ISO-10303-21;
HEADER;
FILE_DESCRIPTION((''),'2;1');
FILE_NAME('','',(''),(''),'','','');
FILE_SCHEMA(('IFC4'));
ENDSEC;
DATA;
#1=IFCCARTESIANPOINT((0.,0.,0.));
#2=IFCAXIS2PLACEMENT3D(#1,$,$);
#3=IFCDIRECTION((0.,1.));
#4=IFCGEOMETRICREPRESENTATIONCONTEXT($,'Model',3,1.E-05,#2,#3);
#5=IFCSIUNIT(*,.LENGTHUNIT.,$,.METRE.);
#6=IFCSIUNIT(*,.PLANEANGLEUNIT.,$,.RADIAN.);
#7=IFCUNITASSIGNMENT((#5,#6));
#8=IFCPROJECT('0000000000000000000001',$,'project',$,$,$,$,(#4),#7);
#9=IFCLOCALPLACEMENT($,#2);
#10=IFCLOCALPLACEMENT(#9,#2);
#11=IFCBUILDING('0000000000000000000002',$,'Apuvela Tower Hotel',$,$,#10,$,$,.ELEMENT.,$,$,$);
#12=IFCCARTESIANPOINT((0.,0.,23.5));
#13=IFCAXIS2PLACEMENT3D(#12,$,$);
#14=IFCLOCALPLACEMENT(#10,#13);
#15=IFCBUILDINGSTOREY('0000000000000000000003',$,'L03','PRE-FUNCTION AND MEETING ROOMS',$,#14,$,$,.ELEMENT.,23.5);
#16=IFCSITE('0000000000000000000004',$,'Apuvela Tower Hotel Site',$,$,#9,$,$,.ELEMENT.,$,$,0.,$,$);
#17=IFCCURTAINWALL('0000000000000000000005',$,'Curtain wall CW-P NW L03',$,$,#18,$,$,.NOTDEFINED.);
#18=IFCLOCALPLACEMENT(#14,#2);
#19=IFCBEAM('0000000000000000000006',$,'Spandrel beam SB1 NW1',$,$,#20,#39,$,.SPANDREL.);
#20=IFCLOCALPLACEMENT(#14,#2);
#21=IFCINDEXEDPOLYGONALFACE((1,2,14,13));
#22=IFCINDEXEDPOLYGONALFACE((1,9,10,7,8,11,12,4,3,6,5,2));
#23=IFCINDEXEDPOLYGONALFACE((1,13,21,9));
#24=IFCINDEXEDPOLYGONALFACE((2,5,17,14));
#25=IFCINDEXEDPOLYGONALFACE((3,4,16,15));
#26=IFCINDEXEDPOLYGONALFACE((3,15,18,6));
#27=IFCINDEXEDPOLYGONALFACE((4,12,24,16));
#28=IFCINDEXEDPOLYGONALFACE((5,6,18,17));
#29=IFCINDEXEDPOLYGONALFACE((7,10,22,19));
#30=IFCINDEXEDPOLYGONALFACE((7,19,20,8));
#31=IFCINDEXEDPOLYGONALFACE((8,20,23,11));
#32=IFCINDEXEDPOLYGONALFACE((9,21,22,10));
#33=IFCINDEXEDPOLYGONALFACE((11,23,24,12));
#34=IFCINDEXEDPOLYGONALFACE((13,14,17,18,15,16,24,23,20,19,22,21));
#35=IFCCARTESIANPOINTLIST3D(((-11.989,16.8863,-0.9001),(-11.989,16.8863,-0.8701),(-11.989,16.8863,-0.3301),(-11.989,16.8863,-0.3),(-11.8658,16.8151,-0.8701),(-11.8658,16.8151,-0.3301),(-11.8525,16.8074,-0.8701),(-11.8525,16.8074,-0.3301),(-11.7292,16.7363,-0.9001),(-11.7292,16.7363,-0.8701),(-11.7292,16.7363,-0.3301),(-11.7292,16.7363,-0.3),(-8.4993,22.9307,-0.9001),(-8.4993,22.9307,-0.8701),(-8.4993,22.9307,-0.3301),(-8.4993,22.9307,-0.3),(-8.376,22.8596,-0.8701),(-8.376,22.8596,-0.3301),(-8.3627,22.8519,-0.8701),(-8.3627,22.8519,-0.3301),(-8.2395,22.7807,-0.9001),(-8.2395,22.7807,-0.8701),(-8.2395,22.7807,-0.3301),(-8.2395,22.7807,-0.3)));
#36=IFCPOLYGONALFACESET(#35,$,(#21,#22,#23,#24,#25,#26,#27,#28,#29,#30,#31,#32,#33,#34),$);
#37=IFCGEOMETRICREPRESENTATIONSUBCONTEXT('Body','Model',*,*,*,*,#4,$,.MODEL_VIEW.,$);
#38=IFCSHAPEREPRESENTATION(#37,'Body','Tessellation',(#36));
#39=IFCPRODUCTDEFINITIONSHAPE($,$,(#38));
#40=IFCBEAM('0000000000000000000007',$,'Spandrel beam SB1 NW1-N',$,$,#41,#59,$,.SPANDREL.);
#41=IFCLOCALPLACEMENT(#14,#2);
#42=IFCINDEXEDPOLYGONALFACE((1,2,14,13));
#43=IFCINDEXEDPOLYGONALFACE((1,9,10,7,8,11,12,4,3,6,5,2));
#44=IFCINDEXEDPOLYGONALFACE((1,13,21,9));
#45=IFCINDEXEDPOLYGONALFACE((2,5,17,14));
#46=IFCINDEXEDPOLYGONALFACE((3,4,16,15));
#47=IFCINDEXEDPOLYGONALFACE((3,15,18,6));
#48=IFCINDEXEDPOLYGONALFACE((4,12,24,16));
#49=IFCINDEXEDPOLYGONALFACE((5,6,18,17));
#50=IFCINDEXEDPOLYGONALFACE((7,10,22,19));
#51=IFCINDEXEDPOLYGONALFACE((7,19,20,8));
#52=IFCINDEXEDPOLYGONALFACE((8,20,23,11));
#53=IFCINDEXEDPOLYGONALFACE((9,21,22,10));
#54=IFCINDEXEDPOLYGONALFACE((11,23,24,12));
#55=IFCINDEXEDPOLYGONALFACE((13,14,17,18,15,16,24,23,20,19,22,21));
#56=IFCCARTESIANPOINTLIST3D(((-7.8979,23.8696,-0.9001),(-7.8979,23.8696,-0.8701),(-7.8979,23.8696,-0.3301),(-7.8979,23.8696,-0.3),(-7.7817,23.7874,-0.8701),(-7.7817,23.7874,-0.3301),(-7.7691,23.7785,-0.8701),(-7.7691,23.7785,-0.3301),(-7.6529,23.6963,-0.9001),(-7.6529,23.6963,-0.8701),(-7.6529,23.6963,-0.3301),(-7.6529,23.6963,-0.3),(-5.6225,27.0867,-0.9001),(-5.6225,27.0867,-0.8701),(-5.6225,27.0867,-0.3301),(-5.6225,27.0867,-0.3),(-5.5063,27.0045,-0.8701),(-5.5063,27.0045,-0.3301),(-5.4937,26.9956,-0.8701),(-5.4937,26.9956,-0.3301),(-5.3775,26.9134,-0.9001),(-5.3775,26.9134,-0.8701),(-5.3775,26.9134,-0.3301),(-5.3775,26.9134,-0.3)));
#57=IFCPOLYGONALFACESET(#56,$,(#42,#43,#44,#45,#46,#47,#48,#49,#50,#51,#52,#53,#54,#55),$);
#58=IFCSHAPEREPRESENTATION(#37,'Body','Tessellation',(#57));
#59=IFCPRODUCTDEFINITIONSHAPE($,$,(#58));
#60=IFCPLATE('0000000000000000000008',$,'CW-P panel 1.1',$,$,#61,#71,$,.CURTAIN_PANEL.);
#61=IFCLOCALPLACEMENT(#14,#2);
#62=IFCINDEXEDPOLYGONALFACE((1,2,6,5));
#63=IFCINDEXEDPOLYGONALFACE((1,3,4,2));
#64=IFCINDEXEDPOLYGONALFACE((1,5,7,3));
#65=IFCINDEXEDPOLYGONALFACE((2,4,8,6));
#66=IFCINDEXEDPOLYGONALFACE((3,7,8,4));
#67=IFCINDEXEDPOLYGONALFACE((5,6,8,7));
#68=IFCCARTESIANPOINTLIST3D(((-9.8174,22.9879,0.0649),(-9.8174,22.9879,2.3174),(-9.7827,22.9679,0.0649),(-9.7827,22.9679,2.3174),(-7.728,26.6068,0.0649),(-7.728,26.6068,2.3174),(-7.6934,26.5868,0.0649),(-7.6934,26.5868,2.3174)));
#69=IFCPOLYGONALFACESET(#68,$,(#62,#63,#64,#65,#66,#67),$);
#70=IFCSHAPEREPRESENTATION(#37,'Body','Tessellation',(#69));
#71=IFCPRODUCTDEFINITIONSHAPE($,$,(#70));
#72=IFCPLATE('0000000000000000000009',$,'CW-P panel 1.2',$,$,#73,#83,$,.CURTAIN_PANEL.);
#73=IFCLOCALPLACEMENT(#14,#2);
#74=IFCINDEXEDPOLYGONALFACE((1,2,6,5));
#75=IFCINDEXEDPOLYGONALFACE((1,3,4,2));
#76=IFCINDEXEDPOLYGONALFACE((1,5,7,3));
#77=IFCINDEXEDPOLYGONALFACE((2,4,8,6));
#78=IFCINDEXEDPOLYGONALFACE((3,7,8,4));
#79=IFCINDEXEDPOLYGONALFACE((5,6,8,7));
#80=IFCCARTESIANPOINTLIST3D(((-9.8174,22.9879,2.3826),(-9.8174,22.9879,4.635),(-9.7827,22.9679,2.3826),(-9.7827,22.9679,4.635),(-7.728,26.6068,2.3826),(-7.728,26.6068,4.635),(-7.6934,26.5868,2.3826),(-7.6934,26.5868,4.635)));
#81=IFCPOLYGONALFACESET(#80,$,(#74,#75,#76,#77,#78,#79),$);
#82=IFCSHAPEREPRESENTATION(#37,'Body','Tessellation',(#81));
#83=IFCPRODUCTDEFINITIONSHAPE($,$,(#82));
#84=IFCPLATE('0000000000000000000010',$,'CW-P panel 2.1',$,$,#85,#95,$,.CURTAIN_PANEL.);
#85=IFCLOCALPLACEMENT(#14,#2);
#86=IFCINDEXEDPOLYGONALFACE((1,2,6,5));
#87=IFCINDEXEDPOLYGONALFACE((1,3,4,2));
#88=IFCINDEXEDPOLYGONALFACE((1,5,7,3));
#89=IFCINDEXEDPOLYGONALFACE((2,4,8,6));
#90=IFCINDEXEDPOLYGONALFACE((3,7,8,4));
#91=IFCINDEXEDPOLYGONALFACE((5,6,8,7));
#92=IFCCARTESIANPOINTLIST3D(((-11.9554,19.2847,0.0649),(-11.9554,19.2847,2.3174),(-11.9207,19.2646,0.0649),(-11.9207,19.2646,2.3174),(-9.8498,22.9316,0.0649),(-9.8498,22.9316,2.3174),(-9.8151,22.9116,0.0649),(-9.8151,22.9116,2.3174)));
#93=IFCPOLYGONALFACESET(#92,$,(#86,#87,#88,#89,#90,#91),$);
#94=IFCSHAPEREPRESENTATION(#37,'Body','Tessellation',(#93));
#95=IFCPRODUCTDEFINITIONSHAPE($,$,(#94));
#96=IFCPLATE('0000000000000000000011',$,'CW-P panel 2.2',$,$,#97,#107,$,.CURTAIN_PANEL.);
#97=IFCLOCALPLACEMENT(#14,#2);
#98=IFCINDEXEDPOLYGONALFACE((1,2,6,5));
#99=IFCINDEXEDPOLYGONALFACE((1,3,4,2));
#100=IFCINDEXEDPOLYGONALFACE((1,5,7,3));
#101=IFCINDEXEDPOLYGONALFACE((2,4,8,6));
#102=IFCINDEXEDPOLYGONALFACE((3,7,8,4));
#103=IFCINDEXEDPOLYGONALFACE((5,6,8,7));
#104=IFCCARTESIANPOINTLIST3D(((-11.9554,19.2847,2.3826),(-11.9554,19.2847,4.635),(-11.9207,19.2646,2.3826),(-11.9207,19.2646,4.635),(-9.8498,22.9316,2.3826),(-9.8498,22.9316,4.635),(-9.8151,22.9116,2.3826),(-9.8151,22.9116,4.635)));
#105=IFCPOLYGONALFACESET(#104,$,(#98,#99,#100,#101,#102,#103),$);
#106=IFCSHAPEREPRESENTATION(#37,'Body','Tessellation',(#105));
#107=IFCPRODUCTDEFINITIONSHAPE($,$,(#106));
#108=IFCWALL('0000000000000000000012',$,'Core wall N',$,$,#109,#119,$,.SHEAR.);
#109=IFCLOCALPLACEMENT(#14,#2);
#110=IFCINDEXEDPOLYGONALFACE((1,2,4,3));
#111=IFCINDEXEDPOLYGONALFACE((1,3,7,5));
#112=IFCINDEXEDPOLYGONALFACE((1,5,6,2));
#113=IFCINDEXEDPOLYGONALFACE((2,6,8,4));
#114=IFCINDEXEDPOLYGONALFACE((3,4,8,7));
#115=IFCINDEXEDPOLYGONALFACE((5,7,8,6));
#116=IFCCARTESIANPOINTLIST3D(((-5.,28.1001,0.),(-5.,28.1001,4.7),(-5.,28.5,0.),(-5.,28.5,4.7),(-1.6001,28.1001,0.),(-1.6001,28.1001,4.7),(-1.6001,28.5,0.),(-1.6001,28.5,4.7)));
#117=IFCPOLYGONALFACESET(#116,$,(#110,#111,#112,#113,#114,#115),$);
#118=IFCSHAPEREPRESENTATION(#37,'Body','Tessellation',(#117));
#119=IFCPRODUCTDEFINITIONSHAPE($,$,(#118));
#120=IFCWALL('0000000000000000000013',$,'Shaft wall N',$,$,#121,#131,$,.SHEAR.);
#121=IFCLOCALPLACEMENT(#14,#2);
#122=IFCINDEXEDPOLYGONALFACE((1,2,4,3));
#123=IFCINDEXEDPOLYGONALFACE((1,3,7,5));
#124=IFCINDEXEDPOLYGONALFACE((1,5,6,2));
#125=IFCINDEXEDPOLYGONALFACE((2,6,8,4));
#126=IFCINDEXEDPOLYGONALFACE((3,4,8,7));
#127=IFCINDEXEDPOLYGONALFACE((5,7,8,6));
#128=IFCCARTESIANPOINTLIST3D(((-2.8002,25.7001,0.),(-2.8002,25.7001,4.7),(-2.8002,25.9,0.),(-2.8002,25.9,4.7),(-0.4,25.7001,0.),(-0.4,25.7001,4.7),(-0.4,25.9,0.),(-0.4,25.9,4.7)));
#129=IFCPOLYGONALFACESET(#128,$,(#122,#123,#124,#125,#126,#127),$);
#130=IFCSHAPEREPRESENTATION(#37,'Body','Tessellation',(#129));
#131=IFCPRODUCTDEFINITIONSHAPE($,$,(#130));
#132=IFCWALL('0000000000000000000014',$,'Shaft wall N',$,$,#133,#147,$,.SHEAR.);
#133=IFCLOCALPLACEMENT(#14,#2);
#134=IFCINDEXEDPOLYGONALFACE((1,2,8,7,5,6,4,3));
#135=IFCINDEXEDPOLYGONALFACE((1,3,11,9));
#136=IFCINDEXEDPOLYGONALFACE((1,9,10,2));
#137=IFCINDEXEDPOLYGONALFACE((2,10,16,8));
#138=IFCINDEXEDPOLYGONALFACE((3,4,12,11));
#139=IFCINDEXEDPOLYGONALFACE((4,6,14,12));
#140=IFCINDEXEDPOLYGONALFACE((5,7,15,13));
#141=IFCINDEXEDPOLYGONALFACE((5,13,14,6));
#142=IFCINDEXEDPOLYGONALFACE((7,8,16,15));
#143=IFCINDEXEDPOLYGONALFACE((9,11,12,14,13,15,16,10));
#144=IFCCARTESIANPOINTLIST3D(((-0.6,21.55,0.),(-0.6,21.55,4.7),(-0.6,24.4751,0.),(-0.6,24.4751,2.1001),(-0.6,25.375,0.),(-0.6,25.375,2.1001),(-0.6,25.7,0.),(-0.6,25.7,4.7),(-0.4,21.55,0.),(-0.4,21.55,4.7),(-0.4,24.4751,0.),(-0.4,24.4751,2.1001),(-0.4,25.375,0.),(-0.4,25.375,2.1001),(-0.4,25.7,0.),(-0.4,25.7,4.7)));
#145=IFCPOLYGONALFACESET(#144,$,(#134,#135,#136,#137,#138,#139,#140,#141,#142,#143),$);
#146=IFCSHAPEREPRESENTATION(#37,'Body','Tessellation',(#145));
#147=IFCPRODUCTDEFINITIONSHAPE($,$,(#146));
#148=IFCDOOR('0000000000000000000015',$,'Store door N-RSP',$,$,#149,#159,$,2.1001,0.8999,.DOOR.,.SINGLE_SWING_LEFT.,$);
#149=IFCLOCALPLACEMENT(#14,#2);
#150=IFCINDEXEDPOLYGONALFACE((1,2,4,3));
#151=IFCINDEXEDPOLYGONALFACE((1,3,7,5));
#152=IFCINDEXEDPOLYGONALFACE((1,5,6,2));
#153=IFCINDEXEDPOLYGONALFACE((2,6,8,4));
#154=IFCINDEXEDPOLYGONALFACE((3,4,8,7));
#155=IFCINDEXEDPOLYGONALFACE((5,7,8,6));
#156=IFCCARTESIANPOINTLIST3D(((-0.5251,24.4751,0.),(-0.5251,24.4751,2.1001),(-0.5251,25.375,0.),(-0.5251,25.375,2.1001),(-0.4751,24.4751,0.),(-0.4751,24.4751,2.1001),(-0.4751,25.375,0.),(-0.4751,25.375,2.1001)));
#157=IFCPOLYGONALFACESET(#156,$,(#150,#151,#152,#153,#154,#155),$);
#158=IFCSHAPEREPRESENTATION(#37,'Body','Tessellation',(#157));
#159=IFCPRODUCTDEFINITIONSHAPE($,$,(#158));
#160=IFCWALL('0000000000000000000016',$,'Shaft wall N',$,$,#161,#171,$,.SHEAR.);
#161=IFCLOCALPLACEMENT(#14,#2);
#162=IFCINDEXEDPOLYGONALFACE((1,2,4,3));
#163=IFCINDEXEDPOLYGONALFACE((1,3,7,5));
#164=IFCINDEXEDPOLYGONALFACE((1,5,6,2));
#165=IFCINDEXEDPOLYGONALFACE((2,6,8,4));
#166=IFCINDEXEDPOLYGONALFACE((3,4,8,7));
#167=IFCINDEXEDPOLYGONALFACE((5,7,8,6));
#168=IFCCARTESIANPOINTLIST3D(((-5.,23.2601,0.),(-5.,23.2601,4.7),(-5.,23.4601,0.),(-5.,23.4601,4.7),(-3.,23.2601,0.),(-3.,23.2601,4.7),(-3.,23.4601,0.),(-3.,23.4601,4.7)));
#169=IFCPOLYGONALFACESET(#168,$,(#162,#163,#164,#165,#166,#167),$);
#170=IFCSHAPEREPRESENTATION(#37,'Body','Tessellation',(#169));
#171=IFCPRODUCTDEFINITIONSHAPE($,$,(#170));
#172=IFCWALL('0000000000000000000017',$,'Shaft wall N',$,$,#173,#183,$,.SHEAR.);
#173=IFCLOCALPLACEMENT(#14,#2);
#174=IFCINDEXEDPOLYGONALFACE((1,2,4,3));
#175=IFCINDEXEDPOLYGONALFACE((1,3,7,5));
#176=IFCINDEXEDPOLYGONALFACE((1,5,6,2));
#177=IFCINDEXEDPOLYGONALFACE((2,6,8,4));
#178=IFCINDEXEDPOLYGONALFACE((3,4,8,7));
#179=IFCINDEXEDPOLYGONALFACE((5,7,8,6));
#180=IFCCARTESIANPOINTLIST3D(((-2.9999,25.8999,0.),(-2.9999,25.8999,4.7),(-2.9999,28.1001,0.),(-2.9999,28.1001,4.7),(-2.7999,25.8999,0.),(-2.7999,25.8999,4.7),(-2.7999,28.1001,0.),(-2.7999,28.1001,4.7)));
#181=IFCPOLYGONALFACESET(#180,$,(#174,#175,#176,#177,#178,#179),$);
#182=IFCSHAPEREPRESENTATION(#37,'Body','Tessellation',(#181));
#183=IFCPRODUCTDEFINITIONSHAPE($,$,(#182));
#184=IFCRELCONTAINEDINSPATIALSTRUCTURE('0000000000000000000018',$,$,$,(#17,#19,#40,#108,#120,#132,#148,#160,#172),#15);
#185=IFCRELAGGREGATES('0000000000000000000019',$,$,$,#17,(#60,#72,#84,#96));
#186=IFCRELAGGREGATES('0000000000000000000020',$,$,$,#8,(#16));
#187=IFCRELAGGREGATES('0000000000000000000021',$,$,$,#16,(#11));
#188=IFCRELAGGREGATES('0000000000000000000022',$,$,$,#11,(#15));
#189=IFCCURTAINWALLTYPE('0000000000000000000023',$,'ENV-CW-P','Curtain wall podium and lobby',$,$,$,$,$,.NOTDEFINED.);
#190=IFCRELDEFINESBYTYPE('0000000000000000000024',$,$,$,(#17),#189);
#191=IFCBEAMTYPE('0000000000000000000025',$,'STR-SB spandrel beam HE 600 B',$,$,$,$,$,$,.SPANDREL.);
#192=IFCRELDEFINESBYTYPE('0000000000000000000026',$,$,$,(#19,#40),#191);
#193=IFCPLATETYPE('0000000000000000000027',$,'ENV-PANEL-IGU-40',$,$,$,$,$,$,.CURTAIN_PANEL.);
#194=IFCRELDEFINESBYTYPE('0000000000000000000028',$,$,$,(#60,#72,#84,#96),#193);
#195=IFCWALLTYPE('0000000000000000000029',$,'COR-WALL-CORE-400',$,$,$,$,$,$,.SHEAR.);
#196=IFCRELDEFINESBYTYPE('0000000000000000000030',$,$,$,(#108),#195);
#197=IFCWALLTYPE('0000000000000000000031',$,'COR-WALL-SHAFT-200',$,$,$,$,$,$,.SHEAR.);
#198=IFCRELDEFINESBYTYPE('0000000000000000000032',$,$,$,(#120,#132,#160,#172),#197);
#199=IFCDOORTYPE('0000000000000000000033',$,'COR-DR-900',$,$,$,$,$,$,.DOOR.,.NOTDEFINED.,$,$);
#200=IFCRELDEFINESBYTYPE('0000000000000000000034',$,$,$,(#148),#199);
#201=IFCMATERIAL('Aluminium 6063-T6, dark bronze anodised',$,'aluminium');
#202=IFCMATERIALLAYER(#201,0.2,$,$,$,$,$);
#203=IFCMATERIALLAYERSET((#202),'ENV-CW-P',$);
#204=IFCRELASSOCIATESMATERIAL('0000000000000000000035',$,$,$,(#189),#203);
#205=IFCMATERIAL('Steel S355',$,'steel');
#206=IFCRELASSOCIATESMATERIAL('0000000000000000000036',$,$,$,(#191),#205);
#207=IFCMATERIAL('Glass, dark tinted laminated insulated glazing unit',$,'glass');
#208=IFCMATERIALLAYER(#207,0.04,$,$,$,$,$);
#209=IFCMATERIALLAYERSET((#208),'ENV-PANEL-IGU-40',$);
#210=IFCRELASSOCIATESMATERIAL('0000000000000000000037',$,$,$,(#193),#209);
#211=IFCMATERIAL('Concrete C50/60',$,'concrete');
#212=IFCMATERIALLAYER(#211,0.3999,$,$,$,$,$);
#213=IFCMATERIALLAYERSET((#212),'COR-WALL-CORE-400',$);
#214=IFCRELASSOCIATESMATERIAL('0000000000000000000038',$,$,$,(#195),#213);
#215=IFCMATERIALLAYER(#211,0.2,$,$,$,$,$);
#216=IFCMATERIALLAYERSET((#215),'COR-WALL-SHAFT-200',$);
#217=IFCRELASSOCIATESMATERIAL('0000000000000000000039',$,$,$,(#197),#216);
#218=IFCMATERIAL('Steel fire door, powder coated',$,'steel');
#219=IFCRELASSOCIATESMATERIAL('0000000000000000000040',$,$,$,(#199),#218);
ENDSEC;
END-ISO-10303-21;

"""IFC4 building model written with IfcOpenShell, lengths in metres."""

from ifc_helpers import new_model, si_unit, direction, frame, frame_2d, origin, origin_2d, place, context, subcontext, project, spatial, rectangle, i_section, extrude, material, layer, layer_set, material_profile, profile_set, type_object, element, fill, aggregate, save


model = new_model("IFC4")

# Units and contexts
model_context = context("Model", 3, precision=1e-05, world=origin(), true_north=direction((0.0, 1.0)))
body_context = subcontext(model_context, "Body", "Model", "MODEL_VIEW")
ifc_project = project(units=[si_unit("LENGTHUNIT", "METRE"), si_unit("PLANEANGLEUNIT", "RADIAN")], contexts=[model_context])

# Site, building, storey
site_placement = place(None, origin())
site = spatial("IfcSite", under=ifc_project, at=site_placement, Name="Apuvela Tower Hotel Site", CompositionType="ELEMENT", RefElevation=0.0)
building_placement = place(site_placement, origin())
building = spatial("IfcBuilding", under=site, at=building_placement, Name="Apuvela Tower Hotel", CompositionType="ELEMENT")
storey_placement = place(building_placement, frame((0.0, 0.0, 23.5)))
storey = spatial("IfcBuildingStorey", under=building, at=storey_placement, Name="L03", Description="PRE-FUNCTION AND MEETING ROOMS", CompositionType="ELEMENT", Elevation=23.5)

# Curtain wall
ifc_material_1 = material(Name="Aluminium 6063-T6, dark bronze anodised", Category="aluminium")
ifc_layer_1 = layer(ifc_material_1, 0.2)
ifc_layer_set_1 = layer_set([ifc_layer_1], Name="ENV-CW-P")
curtain_wall_type = type_object("IfcCurtainWallType", Name="ENV-CW-P", Description="Curtain wall podium and lobby", PredefinedType="NOTDEFINED", material=ifc_layer_set_1)
curtain_wall_placement = place(storey_placement, origin())
curtain_wall = element("IfcCurtainWall", 1, at=curtain_wall_placement, inside=storey, type_object=curtain_wall_type, Name="Curtain wall CW-P NW L03", PredefinedType="NOTDEFINED")

# Beams
ifc_material_2 = material(Name="Steel S355", Category="steel")
ifc_material_profile_1 = material_profile(ifc_material_2, i_section(OverallWidth=0.3, OverallDepth=0.6001, WebThickness=0.0154, FlangeThickness=0.03, at=origin_2d()), Name="HE 600 B")
ifc_profile_set_1 = profile_set([ifc_material_profile_1], Name="Steel S355")
beam_type_1 = type_object("IfcBeamType", Name="STR-SB spandrel beam HE 600 B", PredefinedType="SPANDREL", material=ifc_profile_set_1)
beam_1_placement = place(storey_placement, frame((-8.3694, 22.8557, -0.6001), z_axis=(-0.499999, -0.866026, 0.0), x_axis=(0.866026, -0.499999, 0.0)))
element("IfcBeam", 2, at=beam_1_placement, inside=storey, type_object=beam_type_1, Name="Spandrel beam SB1 NW1", PredefinedType="SPANDREL", context=body_context, shape_type="SweptSolid", body=[
    extrude(i_section(OverallWidth=0.3, OverallDepth=0.6001, WebThickness=0.0154, FlangeThickness=0.03, at=origin_2d()), origin(), (0.0, 0.0, 1.0), 6.9795),
])
beam_2_placement = place(storey_placement, frame((-7.7754, 23.783, -0.6001), z_axis=(0.577452, 0.816425, 0.0), x_axis=(-0.816425, 0.577452, 0.0)))
element("IfcBeam", 3, at=beam_2_placement, inside=storey, type_object=beam_type_1, Name="Spandrel beam SB1 NW1-N", PredefinedType="SPANDREL", context=body_context, shape_type="SweptSolid", body=[
    extrude(i_section(OverallWidth=0.3, OverallDepth=0.6001, WebThickness=0.0154, FlangeThickness=0.03, at=origin_2d()), origin(), (0.0, 0.0, 1.0), 3.9404),
])

# Plates
ifc_material_3 = material(Name="Glass, dark tinted laminated insulated glazing unit", Category="glass")
ifc_layer_2 = layer(ifc_material_3, 0.04)
ifc_layer_set_2 = layer_set([ifc_layer_2], Name="ENV-PANEL-IGU-40")
plate_type = type_object("IfcPlateType", Name="ENV-PANEL-IGU-40", PredefinedType="CURTAIN_PANEL", material=ifc_layer_set_2)
plate_1_placement = place(storey_placement, frame((-8.7554, 24.7874, 0.0649), z_axis=(0.0, 0.0, 1.0), x_axis=(-0.5, -0.866026, 0.0)))
plate_1 = element("IfcPlate", 4, at=plate_1_placement, type_object=plate_type, Name="CW-P panel 1.1", PredefinedType="CURTAIN_PANEL", context=body_context, shape_type="SweptSolid", body=[
    extrude(rectangle(XDim=4.1787, YDim=0.04, at=origin_2d()), origin(), (0.0, 0.0, 1.0), 2.2524),
])
plate_2_placement = place(storey_placement, frame((-8.7554, 24.7874, 2.3826), z_axis=(0.0, 0.0, 1.0), x_axis=(-0.5, -0.866026, 0.0)))
plate_2 = element("IfcPlate", 5, at=plate_2_placement, type_object=plate_type, Name="CW-P panel 1.2", PredefinedType="CURTAIN_PANEL", context=body_context, shape_type="SweptSolid", body=[
    extrude(rectangle(XDim=4.1787, YDim=0.04, at=origin_2d()), origin(), (0.0, 0.0, 1.0), 2.2524),
])
plate_3_placement = place(storey_placement, frame((-10.8853, 21.0981, 0.0649), z_axis=(0.0, 0.0, 1.0), x_axis=(-0.5, -0.866026, 0.0)))
plate_3 = element("IfcPlate", 6, at=plate_3_placement, type_object=plate_type, Name="CW-P panel 2.1", PredefinedType="CURTAIN_PANEL", context=body_context, shape_type="SweptSolid", body=[
    extrude(rectangle(XDim=4.2112, YDim=0.04, at=origin_2d()), origin(), (0.0, 0.0, 1.0), 2.2524),
])
plate_4_placement = place(storey_placement, frame((-10.8853, 21.0981, 2.3826), z_axis=(0.0, 0.0, 1.0), x_axis=(-0.5, -0.866026, 0.0)))
plate_4 = element("IfcPlate", 7, at=plate_4_placement, type_object=plate_type, Name="CW-P panel 2.2", PredefinedType="CURTAIN_PANEL", context=body_context, shape_type="SweptSolid", body=[
    extrude(rectangle(XDim=4.2112, YDim=0.04, at=origin_2d()), origin(), (0.0, 0.0, 1.0), 2.2524),
])
aggregate(curtain_wall, [plate_1, plate_2, plate_3, plate_4])

# Walls
ifc_material_4 = material(Name="Concrete C50/60", Category="concrete")
ifc_layer_3 = layer(ifc_material_4, 0.3999)
ifc_layer_set_3 = layer_set([ifc_layer_3], Name="COR-WALL-CORE-400")
wall_type_1 = type_object("IfcWallType", Name="COR-WALL-CORE-400", PredefinedType="SHEAR", material=ifc_layer_set_3)
wall_1_placement = place(storey_placement, frame((-1.6001, 28.3, 0.0), z_axis=(0.0, 0.0, 1.0), x_axis=(-1.0, 0.0, 0.0)))
element("IfcWall", 8, at=wall_1_placement, inside=storey, type_object=wall_type_1, Name="Core wall N", PredefinedType="SHEAR", context=body_context, shape_type="SweptSolid", body=[
    extrude(rectangle(XDim=3.3999, YDim=0.3999, at=frame_2d((1.7, 0.0))), origin(), (0.0, 0.0, 1.0), 4.7),
])
ifc_layer_4 = layer(ifc_material_4, 0.2)
ifc_layer_set_4 = layer_set([ifc_layer_4], Name="COR-WALL-SHAFT-200")
wall_type_2 = type_object("IfcWallType", Name="COR-WALL-SHAFT-200", PredefinedType="SHEAR", material=ifc_layer_set_4)
wall_2_placement = place(storey_placement, frame((-0.3999, 25.8, 0.0), z_axis=(0.0, 0.0, 1.0), x_axis=(-1.0, 0.0, 0.0)))
element("IfcWall", 9, at=wall_2_placement, inside=storey, type_object=wall_type_2, Name="Shaft wall N", PredefinedType="SHEAR", context=body_context, shape_type="SweptSolid", body=[
    extrude(rectangle(XDim=2.4001, YDim=0.2, at=frame_2d((1.2002, 0.0))), origin(), (0.0, 0.0, 1.0), 4.7),
])

# Wall, opening, door
wall_3_placement = place(storey_placement, frame((-0.5, 21.55, 0.0), z_axis=(0.0, 0.0, 1.0), x_axis=(0.0, 1.0, 0.0)))
wall_3 = element("IfcWall", 10, at=wall_3_placement, inside=storey, type_object=wall_type_2, Name="Shaft wall N", PredefinedType="SHEAR", context=body_context, shape_type="SweptSolid", body=[
    extrude(rectangle(XDim=4.1499, YDim=0.2, at=frame_2d((2.075, 0.0))), origin(), (0.0, 0.0, 1.0), 4.7),
])
opening_placement = place(wall_3_placement, frame((2.925, 0.0, 0.0)))
opening = element("IfcOpeningElement", 11, at=opening_placement, cuts=wall_3, PredefinedType="OPENING", context=body_context, shape_type="SweptSolid", body=[
    extrude(rectangle(XDim=0.8999, YDim=2.1001, at=frame_2d((0.45, 1.05))), frame((0.0, 0.1099, 0.0), z_axis=(0.0, -1.0, 0.0), x_axis=(1.0, 0.0, 0.0)), (0.0, 0.0, 1.0), 0.22),
])
ifc_material_5 = material(Name="Steel fire door, powder coated", Category="steel")
door_type = type_object("IfcDoorType", Name="COR-DR-900", OperationType="NOTDEFINED", PredefinedType="DOOR", material=ifc_material_5)
door_placement = place(opening_placement, frame((0.8999, 0.0, 0.0), z_axis=(0.0, 0.0, 1.0), x_axis=(-1.0, 0.0, 0.0)))
door = element("IfcDoor", 12, at=door_placement, inside=storey, type_object=door_type, Name="Store door N-RSP", OperationType="SINGLE_SWING_LEFT", OverallHeight=2.1001, OverallWidth=0.8999, PredefinedType="DOOR", context=body_context, shape_type="SweptSolid", body=[
    extrude(rectangle(XDim=0.8999, YDim=2.1001, at=frame_2d((0.45, 1.05))), frame((0.0, 0.0249, 0.0), z_axis=(0.0, -1.0, 0.0), x_axis=(1.0, 0.0, 0.0)), (0.0, 0.0, 1.0), 0.05),
])
fill(opening, door)

# Walls
wall_4_placement = place(storey_placement, frame((-3.0, 23.3601, 0.0), z_axis=(0.0, 0.0, 1.0), x_axis=(-1.0, 0.0, 0.0)))
element("IfcWall", 13, at=wall_4_placement, inside=storey, type_object=wall_type_2, Name="Shaft wall N", PredefinedType="SHEAR", context=body_context, shape_type="SweptSolid", body=[
    extrude(rectangle(XDim=2.0, YDim=0.2, at=frame_2d((1.0, 0.0))), origin(), (0.0, 0.0, 1.0), 4.7),
])
wall_5_placement = place(storey_placement, frame((-2.8999, 25.8999, 0.0), z_axis=(0.0, 0.0, 1.0), x_axis=(0.0, 1.0, 0.0)))
element("IfcWall", 14, at=wall_5_placement, inside=storey, type_object=wall_type_2, Name="Shaft wall N", PredefinedType="SHEAR", context=body_context, shape_type="SweptSolid", body=[
    extrude(rectangle(XDim=2.2002, YDim=0.2, at=frame_2d((1.1001, 0.0))), origin(), (0.0, 0.0, 1.0), 4.7),
])

save(model, "model.ifc")
